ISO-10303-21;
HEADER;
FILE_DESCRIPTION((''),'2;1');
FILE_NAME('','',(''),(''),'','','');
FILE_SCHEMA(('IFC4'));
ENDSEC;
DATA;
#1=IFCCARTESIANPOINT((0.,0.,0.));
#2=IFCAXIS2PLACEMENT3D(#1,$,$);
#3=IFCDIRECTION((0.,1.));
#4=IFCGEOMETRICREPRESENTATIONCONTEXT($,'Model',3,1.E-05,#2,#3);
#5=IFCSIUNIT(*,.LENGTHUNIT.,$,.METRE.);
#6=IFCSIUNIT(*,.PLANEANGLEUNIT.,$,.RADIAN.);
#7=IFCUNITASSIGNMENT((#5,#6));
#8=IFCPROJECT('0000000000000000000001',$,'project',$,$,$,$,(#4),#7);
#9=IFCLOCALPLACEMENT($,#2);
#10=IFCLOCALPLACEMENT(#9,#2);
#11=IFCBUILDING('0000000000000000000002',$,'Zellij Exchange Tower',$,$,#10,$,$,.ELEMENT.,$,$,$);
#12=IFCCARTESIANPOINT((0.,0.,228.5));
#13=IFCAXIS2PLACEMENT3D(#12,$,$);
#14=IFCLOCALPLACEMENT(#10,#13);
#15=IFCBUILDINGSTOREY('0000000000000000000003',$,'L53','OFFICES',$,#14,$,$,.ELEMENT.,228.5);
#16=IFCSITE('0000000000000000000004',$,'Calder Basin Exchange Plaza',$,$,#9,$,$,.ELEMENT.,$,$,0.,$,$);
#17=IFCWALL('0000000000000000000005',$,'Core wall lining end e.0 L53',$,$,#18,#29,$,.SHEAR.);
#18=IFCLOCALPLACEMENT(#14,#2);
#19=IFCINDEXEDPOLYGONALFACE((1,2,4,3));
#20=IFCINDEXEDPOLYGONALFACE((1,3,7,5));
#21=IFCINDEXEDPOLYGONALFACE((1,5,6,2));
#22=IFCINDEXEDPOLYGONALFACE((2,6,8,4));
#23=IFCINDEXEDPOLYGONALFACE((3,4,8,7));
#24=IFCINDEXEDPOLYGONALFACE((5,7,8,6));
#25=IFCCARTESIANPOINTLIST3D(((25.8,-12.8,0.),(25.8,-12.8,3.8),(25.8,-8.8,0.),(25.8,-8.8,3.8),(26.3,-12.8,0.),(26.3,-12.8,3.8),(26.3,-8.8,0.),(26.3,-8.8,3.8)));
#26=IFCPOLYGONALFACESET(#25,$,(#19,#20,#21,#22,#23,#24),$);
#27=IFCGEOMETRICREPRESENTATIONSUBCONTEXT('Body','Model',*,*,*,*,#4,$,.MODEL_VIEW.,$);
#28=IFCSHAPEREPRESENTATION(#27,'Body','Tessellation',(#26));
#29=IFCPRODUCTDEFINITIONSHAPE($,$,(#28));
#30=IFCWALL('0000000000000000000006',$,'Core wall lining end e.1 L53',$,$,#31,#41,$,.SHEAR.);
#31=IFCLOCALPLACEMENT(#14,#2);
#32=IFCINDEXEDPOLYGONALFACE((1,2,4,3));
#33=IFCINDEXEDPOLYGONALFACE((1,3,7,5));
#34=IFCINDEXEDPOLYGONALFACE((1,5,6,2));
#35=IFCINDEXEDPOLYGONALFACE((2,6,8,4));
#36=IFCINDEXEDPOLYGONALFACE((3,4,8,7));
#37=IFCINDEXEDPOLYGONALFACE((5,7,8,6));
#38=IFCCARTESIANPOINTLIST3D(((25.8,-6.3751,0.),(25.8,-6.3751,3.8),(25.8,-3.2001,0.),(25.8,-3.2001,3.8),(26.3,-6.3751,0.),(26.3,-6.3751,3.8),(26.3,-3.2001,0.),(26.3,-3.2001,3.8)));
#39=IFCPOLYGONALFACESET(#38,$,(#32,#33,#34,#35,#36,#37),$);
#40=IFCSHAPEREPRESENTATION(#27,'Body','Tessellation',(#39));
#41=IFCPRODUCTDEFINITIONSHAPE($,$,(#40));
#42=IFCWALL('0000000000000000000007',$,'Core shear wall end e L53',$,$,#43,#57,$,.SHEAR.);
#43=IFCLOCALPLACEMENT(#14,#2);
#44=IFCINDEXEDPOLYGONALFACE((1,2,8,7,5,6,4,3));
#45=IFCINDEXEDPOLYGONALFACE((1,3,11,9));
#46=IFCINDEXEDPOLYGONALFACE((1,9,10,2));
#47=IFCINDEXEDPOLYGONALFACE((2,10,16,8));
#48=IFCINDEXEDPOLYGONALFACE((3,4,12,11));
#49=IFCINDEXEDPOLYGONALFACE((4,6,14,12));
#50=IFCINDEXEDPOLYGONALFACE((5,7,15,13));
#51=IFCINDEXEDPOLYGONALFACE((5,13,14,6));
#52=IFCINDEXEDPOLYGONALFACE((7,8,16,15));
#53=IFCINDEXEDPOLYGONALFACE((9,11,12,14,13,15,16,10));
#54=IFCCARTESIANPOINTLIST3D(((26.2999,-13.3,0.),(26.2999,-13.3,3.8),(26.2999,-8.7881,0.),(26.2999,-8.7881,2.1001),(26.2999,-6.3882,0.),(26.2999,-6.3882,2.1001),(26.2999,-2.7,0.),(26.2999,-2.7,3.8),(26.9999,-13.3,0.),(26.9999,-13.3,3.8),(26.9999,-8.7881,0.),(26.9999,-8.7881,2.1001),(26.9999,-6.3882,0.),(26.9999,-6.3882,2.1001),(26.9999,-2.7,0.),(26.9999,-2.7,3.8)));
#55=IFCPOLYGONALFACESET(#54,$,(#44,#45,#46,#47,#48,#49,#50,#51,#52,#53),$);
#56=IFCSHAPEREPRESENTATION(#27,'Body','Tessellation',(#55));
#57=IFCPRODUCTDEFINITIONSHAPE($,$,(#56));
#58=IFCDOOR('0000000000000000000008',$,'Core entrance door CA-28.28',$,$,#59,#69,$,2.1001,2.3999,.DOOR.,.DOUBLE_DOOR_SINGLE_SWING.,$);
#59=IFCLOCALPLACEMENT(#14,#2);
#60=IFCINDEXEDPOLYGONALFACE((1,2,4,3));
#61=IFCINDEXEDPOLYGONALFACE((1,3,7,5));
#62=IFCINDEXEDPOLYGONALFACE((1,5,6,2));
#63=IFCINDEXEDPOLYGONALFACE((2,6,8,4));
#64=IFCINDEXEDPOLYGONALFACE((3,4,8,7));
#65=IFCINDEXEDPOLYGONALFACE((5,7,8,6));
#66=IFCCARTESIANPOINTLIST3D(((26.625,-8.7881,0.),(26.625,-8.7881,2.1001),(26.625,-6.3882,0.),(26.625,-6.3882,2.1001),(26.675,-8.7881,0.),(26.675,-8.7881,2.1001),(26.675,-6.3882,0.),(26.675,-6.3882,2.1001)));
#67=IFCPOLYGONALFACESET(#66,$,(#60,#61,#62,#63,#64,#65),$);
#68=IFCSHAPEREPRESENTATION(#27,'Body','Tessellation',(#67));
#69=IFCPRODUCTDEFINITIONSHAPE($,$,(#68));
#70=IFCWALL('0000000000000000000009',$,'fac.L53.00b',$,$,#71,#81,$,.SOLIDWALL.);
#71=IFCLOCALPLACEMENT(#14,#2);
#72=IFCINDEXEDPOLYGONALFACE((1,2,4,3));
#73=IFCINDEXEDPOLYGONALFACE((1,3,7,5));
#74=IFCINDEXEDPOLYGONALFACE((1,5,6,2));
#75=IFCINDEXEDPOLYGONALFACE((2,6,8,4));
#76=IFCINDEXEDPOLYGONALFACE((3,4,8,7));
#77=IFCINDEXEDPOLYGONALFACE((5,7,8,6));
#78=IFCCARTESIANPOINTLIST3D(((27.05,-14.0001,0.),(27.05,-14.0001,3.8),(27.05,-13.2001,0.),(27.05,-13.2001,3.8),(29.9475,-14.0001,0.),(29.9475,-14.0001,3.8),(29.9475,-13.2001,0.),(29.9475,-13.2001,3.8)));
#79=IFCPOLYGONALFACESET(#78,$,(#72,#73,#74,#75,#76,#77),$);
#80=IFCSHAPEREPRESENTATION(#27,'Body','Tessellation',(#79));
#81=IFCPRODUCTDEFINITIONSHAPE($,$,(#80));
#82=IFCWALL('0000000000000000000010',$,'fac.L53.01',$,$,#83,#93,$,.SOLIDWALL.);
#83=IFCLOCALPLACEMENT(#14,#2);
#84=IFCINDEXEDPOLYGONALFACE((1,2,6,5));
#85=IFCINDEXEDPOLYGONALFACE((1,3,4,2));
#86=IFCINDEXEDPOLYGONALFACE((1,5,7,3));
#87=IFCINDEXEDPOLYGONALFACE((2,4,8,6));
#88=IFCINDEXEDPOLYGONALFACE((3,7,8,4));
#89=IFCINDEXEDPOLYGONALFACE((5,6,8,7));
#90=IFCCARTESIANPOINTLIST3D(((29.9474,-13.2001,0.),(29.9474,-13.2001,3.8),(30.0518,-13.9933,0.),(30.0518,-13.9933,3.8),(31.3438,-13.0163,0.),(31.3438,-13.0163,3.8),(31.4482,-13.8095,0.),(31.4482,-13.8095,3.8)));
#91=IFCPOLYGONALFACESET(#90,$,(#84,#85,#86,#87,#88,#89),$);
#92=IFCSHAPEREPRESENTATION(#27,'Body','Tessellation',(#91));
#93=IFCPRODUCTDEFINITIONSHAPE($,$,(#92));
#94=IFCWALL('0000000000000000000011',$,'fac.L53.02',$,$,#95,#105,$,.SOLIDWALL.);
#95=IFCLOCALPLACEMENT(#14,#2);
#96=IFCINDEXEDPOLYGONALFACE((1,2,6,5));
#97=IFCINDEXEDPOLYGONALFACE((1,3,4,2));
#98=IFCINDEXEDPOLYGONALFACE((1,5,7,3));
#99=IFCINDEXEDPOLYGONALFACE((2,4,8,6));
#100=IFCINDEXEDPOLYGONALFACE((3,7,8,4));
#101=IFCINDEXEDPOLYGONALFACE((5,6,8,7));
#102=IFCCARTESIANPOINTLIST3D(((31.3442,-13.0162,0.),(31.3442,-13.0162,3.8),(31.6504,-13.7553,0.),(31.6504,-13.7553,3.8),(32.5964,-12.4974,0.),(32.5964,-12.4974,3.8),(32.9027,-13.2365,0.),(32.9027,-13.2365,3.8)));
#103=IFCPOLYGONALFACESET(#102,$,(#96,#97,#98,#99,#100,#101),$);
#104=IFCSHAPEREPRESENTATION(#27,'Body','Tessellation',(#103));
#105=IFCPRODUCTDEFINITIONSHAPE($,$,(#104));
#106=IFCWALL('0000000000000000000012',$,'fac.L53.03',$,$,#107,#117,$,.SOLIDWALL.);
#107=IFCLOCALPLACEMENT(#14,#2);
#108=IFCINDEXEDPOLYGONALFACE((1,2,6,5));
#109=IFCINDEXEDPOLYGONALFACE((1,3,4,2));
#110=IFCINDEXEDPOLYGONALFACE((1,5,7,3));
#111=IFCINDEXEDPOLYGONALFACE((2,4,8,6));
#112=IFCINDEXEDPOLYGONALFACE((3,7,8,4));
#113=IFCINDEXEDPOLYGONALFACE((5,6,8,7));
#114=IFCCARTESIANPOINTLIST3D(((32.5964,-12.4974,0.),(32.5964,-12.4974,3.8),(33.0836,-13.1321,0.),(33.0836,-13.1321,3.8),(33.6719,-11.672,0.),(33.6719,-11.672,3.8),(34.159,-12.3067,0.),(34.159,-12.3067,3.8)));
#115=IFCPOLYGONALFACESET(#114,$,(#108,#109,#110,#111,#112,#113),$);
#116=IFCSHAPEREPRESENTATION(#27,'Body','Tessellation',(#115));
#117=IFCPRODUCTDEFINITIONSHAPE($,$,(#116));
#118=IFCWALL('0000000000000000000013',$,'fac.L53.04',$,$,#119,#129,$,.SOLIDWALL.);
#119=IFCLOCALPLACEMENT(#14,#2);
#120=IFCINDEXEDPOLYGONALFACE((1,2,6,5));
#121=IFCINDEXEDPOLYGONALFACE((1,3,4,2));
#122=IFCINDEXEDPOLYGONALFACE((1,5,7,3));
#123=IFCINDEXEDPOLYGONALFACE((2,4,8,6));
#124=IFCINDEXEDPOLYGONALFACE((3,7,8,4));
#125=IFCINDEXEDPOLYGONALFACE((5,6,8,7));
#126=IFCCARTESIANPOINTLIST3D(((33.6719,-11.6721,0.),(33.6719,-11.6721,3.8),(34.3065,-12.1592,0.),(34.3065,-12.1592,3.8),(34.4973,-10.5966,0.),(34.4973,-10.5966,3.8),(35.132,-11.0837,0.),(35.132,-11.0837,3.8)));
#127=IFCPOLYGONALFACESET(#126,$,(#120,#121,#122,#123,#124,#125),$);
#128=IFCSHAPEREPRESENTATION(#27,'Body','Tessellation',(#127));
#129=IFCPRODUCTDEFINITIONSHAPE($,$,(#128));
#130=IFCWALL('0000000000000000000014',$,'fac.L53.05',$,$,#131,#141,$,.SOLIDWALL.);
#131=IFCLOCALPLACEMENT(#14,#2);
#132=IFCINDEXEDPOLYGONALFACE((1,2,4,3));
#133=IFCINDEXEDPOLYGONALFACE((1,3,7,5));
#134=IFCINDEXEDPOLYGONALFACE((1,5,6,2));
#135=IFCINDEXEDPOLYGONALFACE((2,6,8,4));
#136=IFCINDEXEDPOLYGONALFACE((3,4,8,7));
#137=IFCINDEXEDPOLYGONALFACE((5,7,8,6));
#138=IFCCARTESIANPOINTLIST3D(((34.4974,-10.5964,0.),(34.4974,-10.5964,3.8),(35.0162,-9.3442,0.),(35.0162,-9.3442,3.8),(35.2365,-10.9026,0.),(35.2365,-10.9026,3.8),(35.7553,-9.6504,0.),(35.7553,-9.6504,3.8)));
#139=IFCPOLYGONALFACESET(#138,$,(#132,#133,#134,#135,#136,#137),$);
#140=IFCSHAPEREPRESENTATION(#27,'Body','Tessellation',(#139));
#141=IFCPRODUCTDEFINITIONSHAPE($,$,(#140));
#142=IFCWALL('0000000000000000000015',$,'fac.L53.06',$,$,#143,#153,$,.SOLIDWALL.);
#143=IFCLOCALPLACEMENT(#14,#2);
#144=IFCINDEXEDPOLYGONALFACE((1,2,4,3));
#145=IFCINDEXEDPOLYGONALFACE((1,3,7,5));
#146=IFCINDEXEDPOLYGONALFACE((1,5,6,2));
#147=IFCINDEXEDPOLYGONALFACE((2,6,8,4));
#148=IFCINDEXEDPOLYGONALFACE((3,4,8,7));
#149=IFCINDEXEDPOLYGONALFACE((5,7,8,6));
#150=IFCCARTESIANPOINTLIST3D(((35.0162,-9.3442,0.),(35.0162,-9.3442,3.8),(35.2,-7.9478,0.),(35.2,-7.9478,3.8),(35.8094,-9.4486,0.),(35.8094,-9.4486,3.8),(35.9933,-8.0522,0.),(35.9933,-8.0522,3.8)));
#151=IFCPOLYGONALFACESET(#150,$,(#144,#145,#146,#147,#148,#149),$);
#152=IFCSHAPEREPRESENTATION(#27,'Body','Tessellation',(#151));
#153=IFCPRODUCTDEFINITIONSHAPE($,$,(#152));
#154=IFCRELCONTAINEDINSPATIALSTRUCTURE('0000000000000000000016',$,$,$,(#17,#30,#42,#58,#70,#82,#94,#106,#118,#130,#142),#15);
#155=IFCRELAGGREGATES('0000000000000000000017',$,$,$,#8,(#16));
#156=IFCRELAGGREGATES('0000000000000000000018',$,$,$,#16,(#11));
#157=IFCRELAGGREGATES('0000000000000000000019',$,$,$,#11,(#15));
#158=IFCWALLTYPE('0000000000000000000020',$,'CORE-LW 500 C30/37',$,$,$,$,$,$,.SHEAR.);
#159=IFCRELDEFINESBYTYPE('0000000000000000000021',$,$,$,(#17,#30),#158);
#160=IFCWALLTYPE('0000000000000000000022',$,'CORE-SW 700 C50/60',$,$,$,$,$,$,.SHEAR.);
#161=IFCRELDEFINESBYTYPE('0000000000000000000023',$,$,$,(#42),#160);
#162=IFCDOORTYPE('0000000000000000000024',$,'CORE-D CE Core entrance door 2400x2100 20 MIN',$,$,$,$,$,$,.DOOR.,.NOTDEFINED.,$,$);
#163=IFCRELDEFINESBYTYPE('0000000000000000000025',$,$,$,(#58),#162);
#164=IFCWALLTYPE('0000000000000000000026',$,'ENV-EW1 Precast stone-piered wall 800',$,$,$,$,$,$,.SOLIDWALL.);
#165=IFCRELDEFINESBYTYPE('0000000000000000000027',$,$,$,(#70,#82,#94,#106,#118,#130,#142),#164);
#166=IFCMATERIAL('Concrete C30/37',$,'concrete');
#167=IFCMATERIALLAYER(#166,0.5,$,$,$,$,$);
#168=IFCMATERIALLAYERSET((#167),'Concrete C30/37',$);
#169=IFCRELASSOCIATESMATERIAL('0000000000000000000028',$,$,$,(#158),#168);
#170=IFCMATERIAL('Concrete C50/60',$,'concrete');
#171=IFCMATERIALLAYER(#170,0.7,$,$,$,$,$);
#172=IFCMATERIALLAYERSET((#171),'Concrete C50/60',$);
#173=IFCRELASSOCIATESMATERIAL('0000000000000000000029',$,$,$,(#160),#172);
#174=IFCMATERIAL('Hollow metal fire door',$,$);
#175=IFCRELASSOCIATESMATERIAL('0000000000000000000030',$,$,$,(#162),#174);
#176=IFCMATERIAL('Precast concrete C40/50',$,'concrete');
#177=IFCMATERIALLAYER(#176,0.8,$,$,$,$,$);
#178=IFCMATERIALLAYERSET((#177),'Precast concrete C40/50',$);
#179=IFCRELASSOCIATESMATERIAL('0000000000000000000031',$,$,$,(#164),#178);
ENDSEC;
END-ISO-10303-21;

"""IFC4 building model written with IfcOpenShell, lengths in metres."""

from ifc_helpers import new_model, si_unit, direction, frame, frame_2d, origin, place, context, subcontext, project, spatial, rectangle, extrude, material, layer, layer_set, type_object, element, fill, save


model = new_model("IFC4")

# Units and contexts
model_context = context("Model", 3, precision=1e-05, world=origin(), true_north=direction((0.0, 1.0)))
body_context = subcontext(model_context, "Body", "Model", "MODEL_VIEW")
ifc_project = project(units=[si_unit("LENGTHUNIT", "METRE"), si_unit("PLANEANGLEUNIT", "RADIAN")], contexts=[model_context])

# Site, building, storey
site_placement = place(None, origin())
site = spatial("IfcSite", under=ifc_project, at=site_placement, Name="Calder Basin Exchange Plaza", CompositionType="ELEMENT", RefElevation=0.0)
building_placement = place(site_placement, origin())
building = spatial("IfcBuilding", under=site, at=building_placement, Name="Zellij Exchange Tower", CompositionType="ELEMENT")
storey_placement = place(building_placement, frame((0.0, 0.0, 228.5)))
storey = spatial("IfcBuildingStorey", under=building, at=storey_placement, Name="L53", Description="OFFICES", CompositionType="ELEMENT", Elevation=228.5)

# Shared definitions
ifc_material_1 = material(Name="Concrete C50/60", Category="concrete")

# Walls
ifc_material_2 = material(Name="Concrete C30/37", Category="concrete")
ifc_layer_1 = layer(ifc_material_2, 0.5)
ifc_layer_set_1 = layer_set([ifc_layer_1], Name="Concrete C30/37")
wall_type_1 = type_object("IfcWallType", Name="CORE-LW 500 C30/37", PredefinedType="SHEAR", material=ifc_layer_set_1)
wall_1_placement = place(storey_placement, frame((26.05, -12.8, 0.0), z_axis=(0.0, 0.0, 1.0), x_axis=(0.0, 1.0, 0.0)))
element("IfcWall", 1, at=wall_1_placement, inside=storey, type_object=wall_type_1, Name="Core wall lining end e.0 L53", PredefinedType="SHEAR", context=body_context, shape_type="SweptSolid", body=[
    extrude(rectangle(XDim=4.0, YDim=0.5, at=frame_2d((2.0, 0.0))), origin(), (0.0, 0.0, 1.0), 3.8),
])
wall_2_placement = place(storey_placement, frame((26.05, -6.375, 0.0), z_axis=(0.0, 0.0, 1.0), x_axis=(0.0, 1.0, 0.0)))
element("IfcWall", 2, at=wall_2_placement, inside=storey, type_object=wall_type_1, Name="Core wall lining end e.1 L53", PredefinedType="SHEAR", context=body_context, shape_type="SweptSolid", body=[
    extrude(rectangle(XDim=3.175, YDim=0.5, at=frame_2d((1.5874, 0.0))), origin(), (0.0, 0.0, 1.0), 3.8),
])

# Wall, opening, door
ifc_layer_2 = layer(ifc_material_1, 0.7)
ifc_layer_set_2 = layer_set([ifc_layer_2], Name="Concrete C50/60")
wall_type_2 = type_object("IfcWallType", Name="CORE-SW 700 C50/60", PredefinedType="SHEAR", material=ifc_layer_set_2)
wall_3_placement = place(storey_placement, frame((26.6499, -13.3, 0.0), z_axis=(0.0, 0.0, 1.0), x_axis=(0.0, 1.0, 0.0)))
wall_3 = element("IfcWall", 3, at=wall_3_placement, inside=storey, type_object=wall_type_2, Name="Core shear wall end e L53", PredefinedType="SHEAR", context=body_context, shape_type="SweptSolid", body=[
    extrude(rectangle(XDim=10.6001, YDim=0.7, at=frame_2d((5.3, 0.0))), origin(), (0.0, 0.0, 1.0), 3.8),
])
opening_1_placement = place(wall_3_placement, frame((4.512, 0.0, 0.0)))
opening_1 = element("IfcOpeningElement", 4, at=opening_1_placement, cuts=wall_3, PredefinedType="OPENING", context=body_context, shape_type="SweptSolid", body=[
    extrude(rectangle(XDim=2.3999, YDim=2.1001, at=frame_2d((1.2, 1.05))), frame((0.0, 0.3618, 0.0), z_axis=(0.0, -1.0, 0.0), x_axis=(1.0, 0.0, 0.0)), (0.0, 0.0, 1.0), 0.7239),
])
ifc_material_3 = material(Name="Hollow metal fire door")
door_type_1 = type_object("IfcDoorType", Name="CORE-D CE Core entrance door 2400x2100 20 MIN", OperationType="NOTDEFINED", PredefinedType="DOOR", material=ifc_material_3)
door_1_placement = place(opening_1_placement, origin())
door_1 = element("IfcDoor", 5, at=door_1_placement, inside=storey, type_object=door_type_1, Name="Core entrance door CA-28.28", OperationType="DOUBLE_DOOR_SINGLE_SWING", OverallHeight=2.1001, OverallWidth=2.3999, PredefinedType="DOOR", context=body_context, shape_type="SweptSolid", body=[
    extrude(rectangle(XDim=2.3999, YDim=2.1001, at=frame_2d((1.2, 1.05))), frame((0.0, 0.0249, 0.0), z_axis=(0.0, -1.0, 0.0), x_axis=(1.0, 0.0, 0.0)), (0.0, 0.0, 1.0), 0.05),
])
fill(opening_1, door_1)

# Walls
ifc_material_4 = material(Name="Precast concrete C40/50", Category="concrete")
ifc_layer_3 = layer(ifc_material_4, 0.8)
ifc_layer_set_3 = layer_set([ifc_layer_3], Name="Precast concrete C40/50")
wall_type_3 = type_object("IfcWallType", Name="ENV-EW1 Precast stone-piered wall 800", PredefinedType="SOLIDWALL", material=ifc_layer_set_3)
wall_4_placement = place(storey_placement, frame((27.05, -13.6001, 0.0), z_axis=(0.0, 0.0, 1.0), x_axis=(1.0, 0.0, 0.0)))
element("IfcWall", 6, at=wall_4_placement, inside=storey, type_object=wall_type_3, Name="fac.L53.00b", PredefinedType="SOLIDWALL", context=body_context, shape_type="SweptSolid", body=[
    extrude(rectangle(XDim=2.8975, YDim=0.8, at=frame_2d((1.4487, 0.0))), origin(), (0.0, 0.0, 1.0), 3.8),
])
wall_5_placement = place(storey_placement, frame((29.9998, -13.5967, 0.0), z_axis=(0.0, 0.0, 1.0), x_axis=(0.991446, 0.130517, 0.0)))
element("IfcWall", 7, at=wall_5_placement, inside=storey, type_object=wall_type_3, Name="fac.L53.01", PredefinedType="SOLIDWALL", context=body_context, shape_type="SweptSolid", body=[
    extrude(rectangle(XDim=1.4084, YDim=0.8, at=frame_2d((0.7041, 0.0))), origin(), (0.0, 0.0, 1.0), 3.8),
])
wall_6_placement = place(storey_placement, frame((31.4973, -13.3857, 0.0), z_axis=(0.0, 0.0, 1.0), x_axis=(0.923848, 0.38276, 0.0)))
element("IfcWall", 8, at=wall_6_placement, inside=storey, type_object=wall_type_3, Name="fac.L53.02", PredefinedType="SOLIDWALL", context=body_context, shape_type="SweptSolid", body=[
    extrude(rectangle(XDim=1.3555, YDim=0.8, at=frame_2d((0.6777, 0.0))), origin(), (0.0, 0.0, 1.0), 3.8),
])
for number, where, z_axis, x_axis, name in (
    (9, (32.8401, -12.8147, 0.0), (0.0, 0.0, 1.0), (0.793273, 0.608866, 0.0), "fac.L53.03"),
    (10, (33.9893, -11.9155, 0.0), (0.0, 0.0, 1.0), (0.608866, 0.793273, 0.0), "fac.L53.04"),
):
    element("IfcWall", number, at=place(storey_placement, frame(where, z_axis=z_axis, x_axis=x_axis)), inside=storey, type_object=wall_type_3, Name=name, PredefinedType="SOLIDWALL", context=body_context, shape_type="SweptSolid", body=[
        extrude(rectangle(XDim=1.3557, YDim=0.8, at=frame_2d((0.6777, 0.0))), origin(), (0.0, 0.0, 1.0), 3.8),
    ])
wall_7_placement = place(storey_placement, frame((34.8669, -10.7495, 0.0), z_axis=(0.0, 0.0, 1.0), x_axis=(0.38276, 0.923848, 0.0)))
element("IfcWall", 11, at=wall_7_placement, inside=storey, type_object=wall_type_3, Name="fac.L53.05", PredefinedType="SOLIDWALL", context=body_context, shape_type="SweptSolid", body=[
    extrude(rectangle(XDim=1.3555, YDim=0.8, at=frame_2d((0.6777, 0.0))), origin(), (0.0, 0.0, 1.0), 3.8),
])
wall_8_placement = place(storey_placement, frame((35.4128, -9.3962, 0.0), z_axis=(0.0, 0.0, 1.0), x_axis=(0.130517, 0.991446, 0.0)))
element("IfcWall", 12, at=wall_8_placement, inside=storey, type_object=wall_type_3, Name="fac.L53.06", PredefinedType="SOLIDWALL", context=body_context, shape_type="SweptSolid", body=[
    extrude(rectangle(XDim=1.4084, YDim=0.8, at=frame_2d((0.7041, 0.0))), origin(), (0.0, 0.0, 1.0), 3.8),
])

save(model, "model.ifc")
